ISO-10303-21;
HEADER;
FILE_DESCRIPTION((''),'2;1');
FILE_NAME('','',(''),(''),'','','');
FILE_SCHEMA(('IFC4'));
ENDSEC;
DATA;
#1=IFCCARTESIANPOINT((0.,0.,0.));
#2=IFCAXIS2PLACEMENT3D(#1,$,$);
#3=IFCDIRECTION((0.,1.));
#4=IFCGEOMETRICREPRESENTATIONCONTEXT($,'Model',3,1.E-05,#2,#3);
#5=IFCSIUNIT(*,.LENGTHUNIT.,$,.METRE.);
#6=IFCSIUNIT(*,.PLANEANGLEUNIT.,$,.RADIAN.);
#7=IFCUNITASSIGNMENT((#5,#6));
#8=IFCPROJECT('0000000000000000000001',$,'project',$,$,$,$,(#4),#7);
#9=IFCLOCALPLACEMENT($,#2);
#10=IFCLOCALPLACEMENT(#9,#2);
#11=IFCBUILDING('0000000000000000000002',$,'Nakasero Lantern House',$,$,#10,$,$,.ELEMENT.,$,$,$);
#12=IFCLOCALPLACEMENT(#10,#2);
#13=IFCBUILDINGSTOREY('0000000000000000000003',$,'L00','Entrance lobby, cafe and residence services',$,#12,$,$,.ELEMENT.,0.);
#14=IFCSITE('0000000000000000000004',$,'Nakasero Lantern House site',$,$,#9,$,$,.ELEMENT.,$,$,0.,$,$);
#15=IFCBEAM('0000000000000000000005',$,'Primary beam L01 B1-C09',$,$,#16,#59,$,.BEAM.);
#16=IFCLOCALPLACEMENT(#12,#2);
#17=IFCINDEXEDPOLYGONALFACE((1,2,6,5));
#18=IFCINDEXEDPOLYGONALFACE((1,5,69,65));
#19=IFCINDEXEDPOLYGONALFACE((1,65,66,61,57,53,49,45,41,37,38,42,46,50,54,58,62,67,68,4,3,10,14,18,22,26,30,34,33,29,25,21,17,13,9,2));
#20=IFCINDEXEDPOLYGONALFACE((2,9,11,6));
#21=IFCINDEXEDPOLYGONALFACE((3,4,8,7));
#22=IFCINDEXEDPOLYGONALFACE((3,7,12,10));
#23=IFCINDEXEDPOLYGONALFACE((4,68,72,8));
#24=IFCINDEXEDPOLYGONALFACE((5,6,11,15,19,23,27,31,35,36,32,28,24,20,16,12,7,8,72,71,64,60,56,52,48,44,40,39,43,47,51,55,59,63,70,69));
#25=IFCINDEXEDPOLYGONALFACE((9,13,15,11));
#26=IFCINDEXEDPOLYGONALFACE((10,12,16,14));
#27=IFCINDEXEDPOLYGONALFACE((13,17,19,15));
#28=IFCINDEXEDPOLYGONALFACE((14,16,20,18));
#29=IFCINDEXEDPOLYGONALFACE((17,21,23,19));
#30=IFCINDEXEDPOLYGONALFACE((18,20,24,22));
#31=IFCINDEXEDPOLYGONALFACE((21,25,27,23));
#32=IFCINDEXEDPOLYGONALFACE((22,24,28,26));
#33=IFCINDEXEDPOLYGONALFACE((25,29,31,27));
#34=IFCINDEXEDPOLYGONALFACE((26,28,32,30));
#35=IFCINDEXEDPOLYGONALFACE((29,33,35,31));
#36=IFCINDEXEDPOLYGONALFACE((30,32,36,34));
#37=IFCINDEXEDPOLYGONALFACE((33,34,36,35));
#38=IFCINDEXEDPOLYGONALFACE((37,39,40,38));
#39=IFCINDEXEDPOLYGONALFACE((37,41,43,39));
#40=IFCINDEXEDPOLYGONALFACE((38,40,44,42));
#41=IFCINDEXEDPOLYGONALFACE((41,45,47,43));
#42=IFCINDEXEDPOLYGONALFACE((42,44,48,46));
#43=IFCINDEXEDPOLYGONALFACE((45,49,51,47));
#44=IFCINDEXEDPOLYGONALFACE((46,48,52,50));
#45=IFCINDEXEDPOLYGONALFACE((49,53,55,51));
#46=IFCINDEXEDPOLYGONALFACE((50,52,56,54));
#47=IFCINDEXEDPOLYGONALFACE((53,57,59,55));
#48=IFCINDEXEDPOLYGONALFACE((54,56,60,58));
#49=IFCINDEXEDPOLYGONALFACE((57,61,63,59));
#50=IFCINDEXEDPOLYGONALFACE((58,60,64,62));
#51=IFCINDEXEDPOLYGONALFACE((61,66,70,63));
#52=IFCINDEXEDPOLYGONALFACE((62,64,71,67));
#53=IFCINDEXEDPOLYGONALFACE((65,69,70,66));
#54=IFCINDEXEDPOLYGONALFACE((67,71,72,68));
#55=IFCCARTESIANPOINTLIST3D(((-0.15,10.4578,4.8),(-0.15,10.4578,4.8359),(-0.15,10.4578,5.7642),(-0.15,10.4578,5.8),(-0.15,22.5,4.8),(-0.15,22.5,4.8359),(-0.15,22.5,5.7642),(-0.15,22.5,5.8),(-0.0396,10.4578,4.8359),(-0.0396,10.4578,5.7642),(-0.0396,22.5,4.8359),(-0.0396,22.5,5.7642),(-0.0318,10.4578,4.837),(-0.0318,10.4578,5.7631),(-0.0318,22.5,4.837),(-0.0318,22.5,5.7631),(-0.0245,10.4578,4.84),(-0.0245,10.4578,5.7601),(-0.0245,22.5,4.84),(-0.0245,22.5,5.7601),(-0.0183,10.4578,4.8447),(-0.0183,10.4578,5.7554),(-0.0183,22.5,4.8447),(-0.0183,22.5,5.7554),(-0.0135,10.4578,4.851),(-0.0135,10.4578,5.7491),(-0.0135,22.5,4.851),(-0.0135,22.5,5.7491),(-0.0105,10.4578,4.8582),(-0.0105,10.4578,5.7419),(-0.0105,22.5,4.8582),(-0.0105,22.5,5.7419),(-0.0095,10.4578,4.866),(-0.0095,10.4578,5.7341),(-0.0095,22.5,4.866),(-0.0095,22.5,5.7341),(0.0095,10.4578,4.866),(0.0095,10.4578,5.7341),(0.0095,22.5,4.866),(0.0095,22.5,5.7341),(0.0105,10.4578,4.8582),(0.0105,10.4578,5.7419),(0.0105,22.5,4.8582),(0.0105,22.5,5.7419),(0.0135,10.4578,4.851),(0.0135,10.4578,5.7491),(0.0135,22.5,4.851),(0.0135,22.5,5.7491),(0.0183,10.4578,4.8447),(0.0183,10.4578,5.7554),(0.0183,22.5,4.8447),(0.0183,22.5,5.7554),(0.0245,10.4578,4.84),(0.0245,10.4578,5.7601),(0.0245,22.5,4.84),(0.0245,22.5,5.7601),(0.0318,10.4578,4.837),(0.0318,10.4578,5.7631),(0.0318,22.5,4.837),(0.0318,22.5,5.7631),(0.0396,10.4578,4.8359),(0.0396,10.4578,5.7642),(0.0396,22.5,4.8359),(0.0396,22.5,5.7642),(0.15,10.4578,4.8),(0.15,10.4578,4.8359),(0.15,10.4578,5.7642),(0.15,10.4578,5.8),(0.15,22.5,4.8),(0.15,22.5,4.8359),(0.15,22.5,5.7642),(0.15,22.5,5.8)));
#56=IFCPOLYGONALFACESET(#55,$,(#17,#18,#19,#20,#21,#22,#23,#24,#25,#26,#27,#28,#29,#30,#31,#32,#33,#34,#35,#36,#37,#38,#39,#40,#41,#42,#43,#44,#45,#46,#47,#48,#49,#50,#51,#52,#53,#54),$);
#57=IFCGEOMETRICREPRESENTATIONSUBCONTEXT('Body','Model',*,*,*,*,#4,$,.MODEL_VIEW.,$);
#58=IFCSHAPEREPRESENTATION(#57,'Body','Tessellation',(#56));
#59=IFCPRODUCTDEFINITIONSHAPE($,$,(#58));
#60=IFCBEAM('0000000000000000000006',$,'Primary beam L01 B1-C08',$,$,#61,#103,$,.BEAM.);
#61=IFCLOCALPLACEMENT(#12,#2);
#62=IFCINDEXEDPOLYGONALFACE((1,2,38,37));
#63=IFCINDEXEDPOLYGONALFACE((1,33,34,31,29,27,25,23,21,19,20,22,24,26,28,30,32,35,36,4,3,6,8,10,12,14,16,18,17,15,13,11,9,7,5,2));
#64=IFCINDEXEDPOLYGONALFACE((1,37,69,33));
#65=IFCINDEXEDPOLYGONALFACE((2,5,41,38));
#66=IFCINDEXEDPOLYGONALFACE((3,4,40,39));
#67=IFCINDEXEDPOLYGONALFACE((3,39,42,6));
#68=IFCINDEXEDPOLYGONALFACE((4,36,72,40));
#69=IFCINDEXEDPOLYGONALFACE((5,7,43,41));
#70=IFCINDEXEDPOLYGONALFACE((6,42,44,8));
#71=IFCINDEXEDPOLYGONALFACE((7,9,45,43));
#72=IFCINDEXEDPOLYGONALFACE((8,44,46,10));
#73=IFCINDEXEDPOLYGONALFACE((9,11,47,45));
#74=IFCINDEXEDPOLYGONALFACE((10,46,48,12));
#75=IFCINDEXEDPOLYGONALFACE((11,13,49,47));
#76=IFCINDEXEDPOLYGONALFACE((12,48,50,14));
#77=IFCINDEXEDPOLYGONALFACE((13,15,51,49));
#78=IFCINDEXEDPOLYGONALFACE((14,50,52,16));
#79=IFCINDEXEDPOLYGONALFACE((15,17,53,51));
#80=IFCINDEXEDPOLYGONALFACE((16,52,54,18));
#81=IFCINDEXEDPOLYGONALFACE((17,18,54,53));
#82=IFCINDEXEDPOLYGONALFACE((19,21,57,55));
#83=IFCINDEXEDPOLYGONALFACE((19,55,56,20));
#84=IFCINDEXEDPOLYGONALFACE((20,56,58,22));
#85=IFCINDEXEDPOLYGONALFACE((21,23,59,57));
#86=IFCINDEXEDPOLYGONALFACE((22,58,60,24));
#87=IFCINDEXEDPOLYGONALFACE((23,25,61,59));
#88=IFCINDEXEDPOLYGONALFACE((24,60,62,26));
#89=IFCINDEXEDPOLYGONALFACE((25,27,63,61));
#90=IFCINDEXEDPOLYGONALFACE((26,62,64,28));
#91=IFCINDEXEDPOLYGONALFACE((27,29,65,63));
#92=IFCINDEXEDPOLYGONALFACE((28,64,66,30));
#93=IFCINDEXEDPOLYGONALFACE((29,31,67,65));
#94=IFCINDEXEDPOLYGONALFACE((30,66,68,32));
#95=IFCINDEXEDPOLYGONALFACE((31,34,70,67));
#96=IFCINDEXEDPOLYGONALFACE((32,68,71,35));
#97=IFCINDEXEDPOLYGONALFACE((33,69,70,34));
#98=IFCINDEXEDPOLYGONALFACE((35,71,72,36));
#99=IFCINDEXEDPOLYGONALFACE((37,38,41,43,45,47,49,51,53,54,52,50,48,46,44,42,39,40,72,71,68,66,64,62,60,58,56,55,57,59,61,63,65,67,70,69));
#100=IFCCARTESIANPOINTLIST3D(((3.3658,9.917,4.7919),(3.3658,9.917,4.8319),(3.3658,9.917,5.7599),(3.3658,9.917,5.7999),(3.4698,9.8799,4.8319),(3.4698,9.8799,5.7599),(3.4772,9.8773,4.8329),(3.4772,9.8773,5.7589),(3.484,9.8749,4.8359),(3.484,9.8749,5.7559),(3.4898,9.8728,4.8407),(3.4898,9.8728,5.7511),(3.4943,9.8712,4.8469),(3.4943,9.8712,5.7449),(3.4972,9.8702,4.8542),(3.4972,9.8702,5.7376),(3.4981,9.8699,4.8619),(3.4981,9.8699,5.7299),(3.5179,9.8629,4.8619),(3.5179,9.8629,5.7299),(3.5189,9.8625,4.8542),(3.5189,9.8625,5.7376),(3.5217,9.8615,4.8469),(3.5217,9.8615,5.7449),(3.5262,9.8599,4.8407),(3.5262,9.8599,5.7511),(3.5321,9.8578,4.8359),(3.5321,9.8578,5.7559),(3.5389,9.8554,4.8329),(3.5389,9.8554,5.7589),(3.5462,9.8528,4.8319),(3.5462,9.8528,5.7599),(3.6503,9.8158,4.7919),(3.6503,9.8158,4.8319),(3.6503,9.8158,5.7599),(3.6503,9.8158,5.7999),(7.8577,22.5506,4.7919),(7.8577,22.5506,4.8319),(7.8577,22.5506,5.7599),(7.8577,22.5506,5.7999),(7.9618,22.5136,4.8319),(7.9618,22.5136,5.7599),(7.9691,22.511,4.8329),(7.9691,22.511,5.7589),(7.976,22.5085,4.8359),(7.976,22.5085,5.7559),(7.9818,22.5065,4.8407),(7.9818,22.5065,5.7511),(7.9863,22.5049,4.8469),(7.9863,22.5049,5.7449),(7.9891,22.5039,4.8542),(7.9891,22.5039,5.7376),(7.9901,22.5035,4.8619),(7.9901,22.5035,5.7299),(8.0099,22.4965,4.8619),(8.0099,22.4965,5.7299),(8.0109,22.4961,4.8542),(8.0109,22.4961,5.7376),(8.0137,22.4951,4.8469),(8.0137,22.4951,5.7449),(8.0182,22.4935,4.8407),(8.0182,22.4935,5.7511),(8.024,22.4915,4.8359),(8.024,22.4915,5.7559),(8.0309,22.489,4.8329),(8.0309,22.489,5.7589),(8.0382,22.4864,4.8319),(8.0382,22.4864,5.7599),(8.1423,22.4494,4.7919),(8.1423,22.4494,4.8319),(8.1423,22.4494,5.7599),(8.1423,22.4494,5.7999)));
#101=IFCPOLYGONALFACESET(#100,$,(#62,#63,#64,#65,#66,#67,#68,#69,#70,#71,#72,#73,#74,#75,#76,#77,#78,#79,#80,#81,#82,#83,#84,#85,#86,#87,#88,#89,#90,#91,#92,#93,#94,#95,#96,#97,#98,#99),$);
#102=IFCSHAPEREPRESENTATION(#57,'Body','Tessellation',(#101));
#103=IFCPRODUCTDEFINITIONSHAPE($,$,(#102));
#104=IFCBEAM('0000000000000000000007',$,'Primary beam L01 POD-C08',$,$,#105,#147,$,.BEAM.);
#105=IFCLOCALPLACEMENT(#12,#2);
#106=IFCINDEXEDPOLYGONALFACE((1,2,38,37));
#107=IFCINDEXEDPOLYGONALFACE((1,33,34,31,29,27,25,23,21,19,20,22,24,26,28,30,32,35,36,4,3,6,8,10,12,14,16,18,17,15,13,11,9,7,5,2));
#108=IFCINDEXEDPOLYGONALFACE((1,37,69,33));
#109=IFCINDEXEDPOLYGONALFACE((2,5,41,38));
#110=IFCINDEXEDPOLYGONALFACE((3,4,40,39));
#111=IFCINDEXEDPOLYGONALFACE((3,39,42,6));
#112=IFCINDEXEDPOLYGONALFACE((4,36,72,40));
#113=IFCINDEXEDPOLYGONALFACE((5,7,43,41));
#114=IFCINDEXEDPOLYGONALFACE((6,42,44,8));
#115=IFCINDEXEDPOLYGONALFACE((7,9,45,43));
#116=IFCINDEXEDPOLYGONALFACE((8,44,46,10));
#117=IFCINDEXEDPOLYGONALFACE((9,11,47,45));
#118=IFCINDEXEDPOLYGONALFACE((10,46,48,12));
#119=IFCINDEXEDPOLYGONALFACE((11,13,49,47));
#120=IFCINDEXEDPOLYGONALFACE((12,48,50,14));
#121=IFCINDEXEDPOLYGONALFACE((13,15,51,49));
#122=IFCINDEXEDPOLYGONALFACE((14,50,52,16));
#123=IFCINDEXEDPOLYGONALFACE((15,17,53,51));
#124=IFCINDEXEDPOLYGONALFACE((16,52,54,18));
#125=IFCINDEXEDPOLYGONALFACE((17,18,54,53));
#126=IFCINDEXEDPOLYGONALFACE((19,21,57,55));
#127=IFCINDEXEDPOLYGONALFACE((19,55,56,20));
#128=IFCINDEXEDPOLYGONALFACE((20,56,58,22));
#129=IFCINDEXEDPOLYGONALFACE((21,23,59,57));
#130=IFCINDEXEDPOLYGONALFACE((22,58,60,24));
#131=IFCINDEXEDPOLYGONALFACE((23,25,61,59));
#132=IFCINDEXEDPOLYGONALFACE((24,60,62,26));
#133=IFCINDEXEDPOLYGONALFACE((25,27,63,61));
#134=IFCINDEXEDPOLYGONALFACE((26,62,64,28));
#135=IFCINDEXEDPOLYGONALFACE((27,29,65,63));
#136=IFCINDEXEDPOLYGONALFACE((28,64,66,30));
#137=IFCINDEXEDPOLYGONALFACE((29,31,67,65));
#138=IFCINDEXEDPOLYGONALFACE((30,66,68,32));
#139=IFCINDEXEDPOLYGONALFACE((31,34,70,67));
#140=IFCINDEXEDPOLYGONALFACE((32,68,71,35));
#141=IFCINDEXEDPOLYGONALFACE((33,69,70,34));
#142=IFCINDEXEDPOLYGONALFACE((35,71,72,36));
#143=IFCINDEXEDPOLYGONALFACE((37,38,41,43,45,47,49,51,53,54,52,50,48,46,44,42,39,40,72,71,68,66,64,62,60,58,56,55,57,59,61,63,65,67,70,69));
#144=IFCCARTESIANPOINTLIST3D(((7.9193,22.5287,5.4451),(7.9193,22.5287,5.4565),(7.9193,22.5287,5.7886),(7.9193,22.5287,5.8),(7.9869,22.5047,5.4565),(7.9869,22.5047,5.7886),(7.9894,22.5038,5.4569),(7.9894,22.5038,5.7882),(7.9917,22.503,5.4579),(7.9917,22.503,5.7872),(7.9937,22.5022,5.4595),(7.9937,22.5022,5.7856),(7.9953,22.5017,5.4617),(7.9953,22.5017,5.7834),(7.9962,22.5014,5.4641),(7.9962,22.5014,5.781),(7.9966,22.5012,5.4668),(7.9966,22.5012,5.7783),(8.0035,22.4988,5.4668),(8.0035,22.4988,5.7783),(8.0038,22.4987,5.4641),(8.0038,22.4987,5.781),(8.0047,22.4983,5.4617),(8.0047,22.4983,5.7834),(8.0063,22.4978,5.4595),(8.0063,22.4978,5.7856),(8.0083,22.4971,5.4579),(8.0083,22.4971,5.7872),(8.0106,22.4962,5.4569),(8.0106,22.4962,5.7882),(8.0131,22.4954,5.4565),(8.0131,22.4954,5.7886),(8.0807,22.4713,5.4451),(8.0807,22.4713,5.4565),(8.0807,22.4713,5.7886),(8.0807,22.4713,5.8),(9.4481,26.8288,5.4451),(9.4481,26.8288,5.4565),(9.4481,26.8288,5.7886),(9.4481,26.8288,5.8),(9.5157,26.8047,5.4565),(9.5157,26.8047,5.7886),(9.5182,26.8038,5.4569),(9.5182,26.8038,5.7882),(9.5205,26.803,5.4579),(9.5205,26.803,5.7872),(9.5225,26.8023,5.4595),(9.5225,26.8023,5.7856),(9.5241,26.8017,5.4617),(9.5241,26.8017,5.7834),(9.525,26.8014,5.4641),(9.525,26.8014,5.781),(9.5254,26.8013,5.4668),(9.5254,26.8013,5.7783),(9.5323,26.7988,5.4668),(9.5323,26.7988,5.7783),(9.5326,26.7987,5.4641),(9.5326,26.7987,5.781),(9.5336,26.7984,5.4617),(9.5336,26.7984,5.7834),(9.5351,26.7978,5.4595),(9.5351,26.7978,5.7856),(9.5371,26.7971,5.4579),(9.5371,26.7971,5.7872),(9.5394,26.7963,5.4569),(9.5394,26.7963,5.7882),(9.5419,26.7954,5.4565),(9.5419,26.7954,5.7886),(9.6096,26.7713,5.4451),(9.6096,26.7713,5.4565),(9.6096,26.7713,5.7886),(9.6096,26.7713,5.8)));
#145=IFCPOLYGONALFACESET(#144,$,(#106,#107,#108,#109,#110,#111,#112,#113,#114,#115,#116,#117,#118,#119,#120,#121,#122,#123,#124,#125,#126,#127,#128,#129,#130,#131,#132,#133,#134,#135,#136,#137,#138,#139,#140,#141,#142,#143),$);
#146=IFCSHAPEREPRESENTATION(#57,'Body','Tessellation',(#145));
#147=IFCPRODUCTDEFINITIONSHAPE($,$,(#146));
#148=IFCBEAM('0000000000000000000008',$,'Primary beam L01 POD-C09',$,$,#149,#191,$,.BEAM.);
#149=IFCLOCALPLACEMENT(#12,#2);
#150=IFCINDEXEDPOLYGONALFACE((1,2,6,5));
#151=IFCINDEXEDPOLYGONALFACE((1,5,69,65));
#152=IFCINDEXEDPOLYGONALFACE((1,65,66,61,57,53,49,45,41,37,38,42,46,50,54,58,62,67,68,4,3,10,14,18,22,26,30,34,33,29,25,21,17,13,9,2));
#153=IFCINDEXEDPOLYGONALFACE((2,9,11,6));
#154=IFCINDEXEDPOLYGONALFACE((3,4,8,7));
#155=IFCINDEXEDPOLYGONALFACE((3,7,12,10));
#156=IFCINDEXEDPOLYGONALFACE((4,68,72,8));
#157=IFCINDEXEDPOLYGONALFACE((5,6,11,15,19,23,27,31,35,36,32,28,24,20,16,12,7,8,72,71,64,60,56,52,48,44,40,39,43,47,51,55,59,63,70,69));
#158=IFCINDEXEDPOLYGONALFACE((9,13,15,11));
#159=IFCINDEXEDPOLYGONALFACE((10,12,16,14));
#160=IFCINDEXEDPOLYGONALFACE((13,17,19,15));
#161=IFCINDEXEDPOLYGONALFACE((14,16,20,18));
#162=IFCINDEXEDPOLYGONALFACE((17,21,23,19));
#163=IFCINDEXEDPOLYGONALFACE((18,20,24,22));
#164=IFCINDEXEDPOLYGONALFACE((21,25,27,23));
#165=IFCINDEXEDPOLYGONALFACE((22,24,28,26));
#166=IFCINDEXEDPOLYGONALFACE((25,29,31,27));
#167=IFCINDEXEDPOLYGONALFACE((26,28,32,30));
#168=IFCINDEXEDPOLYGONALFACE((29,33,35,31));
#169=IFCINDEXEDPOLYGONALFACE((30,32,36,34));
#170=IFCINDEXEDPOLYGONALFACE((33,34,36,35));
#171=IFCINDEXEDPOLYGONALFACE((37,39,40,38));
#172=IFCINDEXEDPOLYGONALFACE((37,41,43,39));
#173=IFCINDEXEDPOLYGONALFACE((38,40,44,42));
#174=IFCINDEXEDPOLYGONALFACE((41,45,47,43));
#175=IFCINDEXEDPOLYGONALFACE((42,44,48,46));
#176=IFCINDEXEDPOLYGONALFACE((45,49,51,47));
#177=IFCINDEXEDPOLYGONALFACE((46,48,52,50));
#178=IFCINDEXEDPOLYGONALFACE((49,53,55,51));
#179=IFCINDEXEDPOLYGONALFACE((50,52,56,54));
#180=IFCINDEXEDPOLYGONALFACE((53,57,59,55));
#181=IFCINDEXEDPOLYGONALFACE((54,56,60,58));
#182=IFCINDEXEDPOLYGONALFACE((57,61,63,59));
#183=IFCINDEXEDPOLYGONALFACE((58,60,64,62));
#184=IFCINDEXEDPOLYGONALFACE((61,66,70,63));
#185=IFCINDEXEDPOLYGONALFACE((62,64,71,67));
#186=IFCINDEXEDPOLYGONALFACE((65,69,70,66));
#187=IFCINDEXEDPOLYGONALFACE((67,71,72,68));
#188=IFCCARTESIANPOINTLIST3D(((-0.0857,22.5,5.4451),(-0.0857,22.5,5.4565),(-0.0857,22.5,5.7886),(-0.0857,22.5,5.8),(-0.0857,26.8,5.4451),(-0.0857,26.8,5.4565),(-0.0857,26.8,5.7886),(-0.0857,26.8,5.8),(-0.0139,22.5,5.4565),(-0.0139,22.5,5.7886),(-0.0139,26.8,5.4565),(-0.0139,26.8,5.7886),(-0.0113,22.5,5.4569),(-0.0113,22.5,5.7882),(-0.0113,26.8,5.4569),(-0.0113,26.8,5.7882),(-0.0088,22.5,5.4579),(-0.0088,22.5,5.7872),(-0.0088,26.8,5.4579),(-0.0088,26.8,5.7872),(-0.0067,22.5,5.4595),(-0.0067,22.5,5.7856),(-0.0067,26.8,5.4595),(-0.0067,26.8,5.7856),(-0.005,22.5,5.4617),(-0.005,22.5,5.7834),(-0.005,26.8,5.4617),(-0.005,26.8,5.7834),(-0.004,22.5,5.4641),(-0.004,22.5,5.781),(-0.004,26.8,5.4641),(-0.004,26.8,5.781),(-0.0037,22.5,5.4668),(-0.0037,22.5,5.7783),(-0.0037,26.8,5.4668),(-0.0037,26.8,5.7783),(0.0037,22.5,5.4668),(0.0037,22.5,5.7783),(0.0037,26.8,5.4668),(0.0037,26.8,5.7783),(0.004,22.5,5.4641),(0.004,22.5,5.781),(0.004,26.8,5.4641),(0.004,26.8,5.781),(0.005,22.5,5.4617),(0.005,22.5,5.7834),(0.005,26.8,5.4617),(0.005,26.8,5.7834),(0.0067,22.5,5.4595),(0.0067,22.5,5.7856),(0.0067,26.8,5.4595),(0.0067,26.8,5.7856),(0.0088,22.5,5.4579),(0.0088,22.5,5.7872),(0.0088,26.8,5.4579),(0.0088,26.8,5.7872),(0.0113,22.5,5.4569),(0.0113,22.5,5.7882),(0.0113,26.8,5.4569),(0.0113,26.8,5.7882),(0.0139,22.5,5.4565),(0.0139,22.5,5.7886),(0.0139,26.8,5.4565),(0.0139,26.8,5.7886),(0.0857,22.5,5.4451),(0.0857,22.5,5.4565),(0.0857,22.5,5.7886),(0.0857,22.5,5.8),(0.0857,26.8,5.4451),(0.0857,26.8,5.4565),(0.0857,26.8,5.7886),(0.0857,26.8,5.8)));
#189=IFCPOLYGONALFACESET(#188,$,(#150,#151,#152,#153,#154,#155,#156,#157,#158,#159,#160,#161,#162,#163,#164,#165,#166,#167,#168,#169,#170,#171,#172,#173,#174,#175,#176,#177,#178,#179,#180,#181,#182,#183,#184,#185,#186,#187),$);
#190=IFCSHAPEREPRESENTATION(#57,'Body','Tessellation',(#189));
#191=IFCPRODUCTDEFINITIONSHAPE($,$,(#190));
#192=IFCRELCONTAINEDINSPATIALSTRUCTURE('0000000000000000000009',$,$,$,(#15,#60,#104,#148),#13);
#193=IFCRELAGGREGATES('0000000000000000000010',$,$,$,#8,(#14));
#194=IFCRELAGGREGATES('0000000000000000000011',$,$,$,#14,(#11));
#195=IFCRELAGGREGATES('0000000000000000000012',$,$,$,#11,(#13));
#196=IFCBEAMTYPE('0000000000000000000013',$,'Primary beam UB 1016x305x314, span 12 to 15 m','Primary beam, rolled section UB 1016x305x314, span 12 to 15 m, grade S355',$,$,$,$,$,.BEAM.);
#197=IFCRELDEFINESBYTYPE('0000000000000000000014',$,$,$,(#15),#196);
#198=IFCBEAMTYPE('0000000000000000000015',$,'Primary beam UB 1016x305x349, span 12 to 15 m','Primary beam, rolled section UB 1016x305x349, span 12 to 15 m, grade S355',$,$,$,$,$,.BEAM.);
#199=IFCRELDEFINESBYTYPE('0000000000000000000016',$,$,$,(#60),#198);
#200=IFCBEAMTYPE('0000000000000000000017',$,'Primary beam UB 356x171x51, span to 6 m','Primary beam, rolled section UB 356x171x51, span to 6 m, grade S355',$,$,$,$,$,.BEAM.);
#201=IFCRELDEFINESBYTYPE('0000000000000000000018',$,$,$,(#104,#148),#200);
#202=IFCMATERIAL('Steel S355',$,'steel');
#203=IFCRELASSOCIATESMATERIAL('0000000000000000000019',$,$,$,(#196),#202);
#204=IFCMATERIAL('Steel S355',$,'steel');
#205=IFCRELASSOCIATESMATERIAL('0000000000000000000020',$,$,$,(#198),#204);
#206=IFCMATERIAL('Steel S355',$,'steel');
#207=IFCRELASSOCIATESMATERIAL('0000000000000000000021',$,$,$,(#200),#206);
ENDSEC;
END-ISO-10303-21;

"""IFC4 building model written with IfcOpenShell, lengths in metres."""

from ifc_helpers import new_model, si_unit, direction, frame, origin, origin_2d, place, context, subcontext, project, spatial, i_section, extrude, material, material_profile, profile_set, type_object, element, save


model = new_model("IFC4")

# Units and contexts
model_context = context("Model", 3, precision=1e-05, world=origin(), true_north=direction((0.0, 1.0)))
body_context = subcontext(model_context, "Body", "Model", "MODEL_VIEW")
ifc_project = project(units=[si_unit("LENGTHUNIT", "METRE"), si_unit("PLANEANGLEUNIT", "RADIAN")], contexts=[model_context])

# Site, building, storey
site_placement = place(None, origin())
site = spatial("IfcSite", under=ifc_project, at=site_placement, Name="Nakasero Lantern House site", CompositionType="ELEMENT", RefElevation=0.0)
building_placement = place(site_placement, origin())
building = spatial("IfcBuilding", under=site, at=building_placement, Name="Nakasero Lantern House", CompositionType="ELEMENT")
storey_placement = place(building_placement, origin())
storey = spatial("IfcBuildingStorey", under=building, at=storey_placement, Name="L00", Description="Entrance lobby, cafe and residence services", CompositionType="ELEMENT", Elevation=0.0)

# Beams
ifc_material_1 = material(Name="Steel S355", Category="steel")
ifc_material_profile_1 = material_profile(ifc_material_1, i_section(OverallWidth=0.3, OverallDepth=1.0, WebThickness=0.019, FlangeThickness=0.0359, FilletRadius=0.03, at=origin_2d()), Name="UB 1016x305x314")
ifc_profile_set_1 = profile_set([ifc_material_profile_1], Name="Steel S355")
beam_type_1 = type_object("IfcBeamType", Name="Primary beam UB 1016x305x314, span 12 to 15 m", Description="Primary beam, rolled section UB 1016x305x314, span 12 to 15 m, grade S355", PredefinedType="BEAM", material=ifc_profile_set_1)
beam_1_placement = place(storey_placement, frame((0.0, 22.5, 5.3), z_axis=(0.0, -1.0, 0.0), x_axis=(1.0, 0.0, 0.0)))
element("IfcBeam", 1, at=beam_1_placement, inside=storey, type_object=beam_type_1, Name="Primary beam L01 B1-C09", PredefinedType="BEAM", context=body_context, shape_type="SweptSolid", body=[
    extrude(i_section(OverallWidth=0.3, OverallDepth=1.0, WebThickness=0.019, FlangeThickness=0.0359, FilletRadius=0.03, at=origin_2d()), origin(), (0.0, 0.0, 1.0), 12.0422),
])
ifc_material_2 = material(Name="Steel S355", Category="steel")
ifc_material_profile_2 = material_profile(ifc_material_2, i_section(OverallWidth=0.302, OverallDepth=1.0081, WebThickness=0.021, FlangeThickness=0.04, FilletRadius=0.03, at=origin_2d()), Name="UB 1016x305x349")
ifc_profile_set_2 = profile_set([ifc_material_profile_2], Name="Steel S355")
beam_type_2 = type_object("IfcBeamType", Name="Primary beam UB 1016x305x349, span 12 to 15 m", Description="Primary beam, rolled section UB 1016x305x349, span 12 to 15 m, grade S355", PredefinedType="BEAM", material=ifc_profile_set_2)
beam_2_placement = place(storey_placement, frame((8.0, 22.5, 5.2959), z_axis=(-0.335011, -0.942214, 0.0), x_axis=(0.942214, -0.335011, 0.0)))
element("IfcBeam", 2, at=beam_2_placement, inside=storey, type_object=beam_type_2, Name="Primary beam L01 B1-C08", PredefinedType="BEAM", context=body_context, shape_type="SweptSolid", body=[
    extrude(i_section(OverallWidth=0.302, OverallDepth=1.0081, WebThickness=0.021, FlangeThickness=0.04, FilletRadius=0.03, at=origin_2d()), origin(), (0.0, 0.0, 1.0), 13.4084),
])
ifc_material_3 = material(Name="Steel S355", Category="steel")
ifc_material_profile_3 = material_profile(ifc_material_3, i_section(OverallWidth=0.1714, OverallDepth=0.355, WebThickness=0.0073, FlangeThickness=0.0115, FilletRadius=0.0103, at=origin_2d()), Name="UB 356x171x51")
ifc_profile_set_3 = profile_set([ifc_material_profile_3], Name="Steel S355")
beam_type_3 = type_object("IfcBeamType", Name="Primary beam UB 356x171x51, span to 6 m", Description="Primary beam, rolled section UB 356x171x51, span to 6 m, grade S355", PredefinedType="BEAM", material=ifc_profile_set_3)
beam_3_placement = place(storey_placement, frame((9.5288, 26.8, 5.6226), z_axis=(-0.334991, -0.942221, 0.0), x_axis=(0.942221, -0.334991, 0.0)))
element("IfcBeam", 3, at=beam_3_placement, inside=storey, type_object=beam_type_3, Name="Primary beam L01 POD-C08", PredefinedType="BEAM", context=body_context, shape_type="SweptSolid", body=[
    extrude(i_section(OverallWidth=0.1714, OverallDepth=0.355, WebThickness=0.0073, FlangeThickness=0.0115, FilletRadius=0.0103, at=origin_2d()), origin(), (0.0, 0.0, 1.0), 4.5637),
])
beam_4_placement = place(storey_placement, frame((0.0, 26.8, 5.6226), z_axis=(0.0, -1.0, 0.0), x_axis=(1.0, 0.0, 0.0)))
element("IfcBeam", 4, at=beam_4_placement, inside=storey, type_object=beam_type_3, Name="Primary beam L01 POD-C09", PredefinedType="BEAM", context=body_context, shape_type="SweptSolid", body=[
    extrude(i_section(OverallWidth=0.1714, OverallDepth=0.355, WebThickness=0.0073, FlangeThickness=0.0115, FilletRadius=0.0103, at=origin_2d()), origin(), (0.0, 0.0, 1.0), 4.3),
])

save(model, "model.ifc")
